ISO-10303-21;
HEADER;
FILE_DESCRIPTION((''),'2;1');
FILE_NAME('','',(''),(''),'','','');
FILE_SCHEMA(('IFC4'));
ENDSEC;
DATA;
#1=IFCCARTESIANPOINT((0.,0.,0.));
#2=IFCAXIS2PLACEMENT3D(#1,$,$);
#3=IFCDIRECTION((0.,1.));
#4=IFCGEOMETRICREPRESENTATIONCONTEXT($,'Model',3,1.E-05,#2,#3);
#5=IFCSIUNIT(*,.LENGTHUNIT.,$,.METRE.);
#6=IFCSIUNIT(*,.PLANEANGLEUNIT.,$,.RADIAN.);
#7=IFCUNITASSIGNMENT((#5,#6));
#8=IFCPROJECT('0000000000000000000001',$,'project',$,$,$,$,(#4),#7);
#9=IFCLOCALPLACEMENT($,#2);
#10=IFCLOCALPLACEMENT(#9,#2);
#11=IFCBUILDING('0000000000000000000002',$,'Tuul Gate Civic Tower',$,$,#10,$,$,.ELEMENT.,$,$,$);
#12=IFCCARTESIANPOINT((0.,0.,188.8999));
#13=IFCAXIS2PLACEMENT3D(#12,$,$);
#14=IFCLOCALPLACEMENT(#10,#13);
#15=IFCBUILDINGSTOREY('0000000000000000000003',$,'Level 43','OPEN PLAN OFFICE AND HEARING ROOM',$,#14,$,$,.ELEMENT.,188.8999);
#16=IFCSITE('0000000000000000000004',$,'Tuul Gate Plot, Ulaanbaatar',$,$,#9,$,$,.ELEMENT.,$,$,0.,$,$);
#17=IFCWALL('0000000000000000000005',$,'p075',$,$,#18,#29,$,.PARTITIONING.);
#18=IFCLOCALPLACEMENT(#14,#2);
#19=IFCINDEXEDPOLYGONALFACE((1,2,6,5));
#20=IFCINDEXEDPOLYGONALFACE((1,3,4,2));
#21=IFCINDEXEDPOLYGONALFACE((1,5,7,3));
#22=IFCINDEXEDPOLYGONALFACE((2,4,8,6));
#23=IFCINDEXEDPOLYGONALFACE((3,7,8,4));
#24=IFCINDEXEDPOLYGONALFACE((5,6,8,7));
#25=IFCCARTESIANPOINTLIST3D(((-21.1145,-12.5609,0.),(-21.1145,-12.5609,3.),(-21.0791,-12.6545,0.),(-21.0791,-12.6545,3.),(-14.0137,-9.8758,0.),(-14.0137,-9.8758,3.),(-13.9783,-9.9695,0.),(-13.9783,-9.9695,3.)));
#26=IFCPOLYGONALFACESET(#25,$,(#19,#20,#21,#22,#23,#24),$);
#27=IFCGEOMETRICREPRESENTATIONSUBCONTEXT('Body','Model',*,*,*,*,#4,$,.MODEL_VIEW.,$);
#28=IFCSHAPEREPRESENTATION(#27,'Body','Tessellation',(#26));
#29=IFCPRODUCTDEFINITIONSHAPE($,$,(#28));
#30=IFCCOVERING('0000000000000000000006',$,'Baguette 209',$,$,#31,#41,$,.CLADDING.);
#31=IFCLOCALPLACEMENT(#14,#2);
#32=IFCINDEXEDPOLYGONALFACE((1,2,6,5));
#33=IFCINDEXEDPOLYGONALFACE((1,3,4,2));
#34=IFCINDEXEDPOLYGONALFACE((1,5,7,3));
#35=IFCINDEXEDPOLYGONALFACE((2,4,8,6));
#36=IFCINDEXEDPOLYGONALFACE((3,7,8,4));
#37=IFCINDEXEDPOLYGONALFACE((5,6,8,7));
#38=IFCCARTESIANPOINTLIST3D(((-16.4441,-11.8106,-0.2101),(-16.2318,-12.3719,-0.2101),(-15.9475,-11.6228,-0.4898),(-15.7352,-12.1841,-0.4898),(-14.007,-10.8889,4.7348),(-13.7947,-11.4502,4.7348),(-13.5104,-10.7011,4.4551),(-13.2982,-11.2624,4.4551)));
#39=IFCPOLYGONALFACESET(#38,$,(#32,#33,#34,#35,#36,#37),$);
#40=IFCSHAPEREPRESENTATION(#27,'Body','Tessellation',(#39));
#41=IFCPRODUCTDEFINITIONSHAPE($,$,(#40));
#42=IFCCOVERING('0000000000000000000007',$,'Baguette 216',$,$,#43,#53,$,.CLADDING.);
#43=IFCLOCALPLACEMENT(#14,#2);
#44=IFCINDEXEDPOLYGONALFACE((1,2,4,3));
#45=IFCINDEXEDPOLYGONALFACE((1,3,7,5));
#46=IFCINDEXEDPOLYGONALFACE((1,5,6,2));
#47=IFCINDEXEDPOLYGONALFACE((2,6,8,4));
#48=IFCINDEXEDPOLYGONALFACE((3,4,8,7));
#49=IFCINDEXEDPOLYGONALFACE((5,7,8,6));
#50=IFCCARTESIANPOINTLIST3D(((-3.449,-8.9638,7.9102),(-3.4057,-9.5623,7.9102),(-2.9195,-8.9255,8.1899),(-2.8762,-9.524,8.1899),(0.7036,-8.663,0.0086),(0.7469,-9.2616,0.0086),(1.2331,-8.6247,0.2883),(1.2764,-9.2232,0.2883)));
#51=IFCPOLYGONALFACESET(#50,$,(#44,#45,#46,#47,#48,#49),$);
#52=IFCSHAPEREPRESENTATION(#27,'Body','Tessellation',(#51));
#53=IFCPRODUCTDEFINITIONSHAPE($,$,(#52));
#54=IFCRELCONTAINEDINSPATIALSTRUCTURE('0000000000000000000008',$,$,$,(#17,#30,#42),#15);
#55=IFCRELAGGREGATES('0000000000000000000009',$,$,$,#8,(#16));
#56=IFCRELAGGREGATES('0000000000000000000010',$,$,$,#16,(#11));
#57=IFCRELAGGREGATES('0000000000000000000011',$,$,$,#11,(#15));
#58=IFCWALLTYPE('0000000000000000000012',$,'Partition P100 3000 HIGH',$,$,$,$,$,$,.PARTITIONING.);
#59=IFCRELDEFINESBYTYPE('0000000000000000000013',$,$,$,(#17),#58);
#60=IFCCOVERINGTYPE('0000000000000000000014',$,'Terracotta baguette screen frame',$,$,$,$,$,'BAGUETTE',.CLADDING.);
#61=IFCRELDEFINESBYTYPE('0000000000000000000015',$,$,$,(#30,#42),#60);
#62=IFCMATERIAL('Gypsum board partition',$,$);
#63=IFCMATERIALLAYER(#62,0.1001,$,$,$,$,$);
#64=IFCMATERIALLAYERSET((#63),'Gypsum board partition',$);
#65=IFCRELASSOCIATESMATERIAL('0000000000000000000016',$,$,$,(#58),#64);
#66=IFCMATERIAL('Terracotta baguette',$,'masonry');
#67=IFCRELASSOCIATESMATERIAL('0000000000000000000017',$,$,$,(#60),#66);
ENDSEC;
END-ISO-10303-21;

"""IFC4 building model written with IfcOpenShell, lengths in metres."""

from ifc_helpers import new_model, si_unit, direction, frame, frame_2d, origin, origin_2d, place, context, subcontext, project, spatial, rectangle, extrude, material, layer, layer_set, material_profile, profile_set, type_object, element, save


model = new_model("IFC4")

# Units and contexts
model_context = context("Model", 3, precision=1e-05, world=origin(), true_north=direction((0.0, 1.0)))
body_context = subcontext(model_context, "Body", "Model", "MODEL_VIEW")
ifc_project = project(units=[si_unit("LENGTHUNIT", "METRE"), si_unit("PLANEANGLEUNIT", "RADIAN")], contexts=[model_context])

# Site, building, storey
site_placement = place(None, origin())
site = spatial("IfcSite", under=ifc_project, at=site_placement, Name="Tuul Gate Plot, Ulaanbaatar", CompositionType="ELEMENT", RefElevation=0.0)
building_placement = place(site_placement, origin())
building = spatial("IfcBuilding", under=site, at=building_placement, Name="Tuul Gate Civic Tower", CompositionType="ELEMENT")
storey_placement = place(building_placement, frame((0.0, 0.0, 188.8999)))
storey = spatial("IfcBuildingStorey", under=building, at=storey_placement, Name="Level 43", Description="OPEN PLAN OFFICE AND HEARING ROOM", CompositionType="ELEMENT", Elevation=188.8999)

# Wall
ifc_material_1 = material(Name="Gypsum board partition")
ifc_layer_1 = layer(ifc_material_1, 0.1001)
ifc_layer_set_1 = layer_set([ifc_layer_1], Name="Gypsum board partition")
wall_type_1 = type_object("IfcWallType", Name="Partition P100 3000 HIGH", PredefinedType="PARTITIONING", material=ifc_layer_set_1)
wall_1_placement = place(storey_placement, frame((-13.9958, -9.9226, 0.0), z_axis=(0.0, 0.0, 1.0), x_axis=(-0.935362, -0.353691, 0.0)))
element("IfcWall", 1, at=wall_1_placement, inside=storey, type_object=wall_type_1, Name="p075", PredefinedType="PARTITIONING", context=body_context, shape_type="SweptSolid", body=[
    extrude(rectangle(XDim=7.5916, YDim=0.1001, at=frame_2d((3.7959, 0.0))), origin(), (0.0, 0.0, 1.0), 3.0),
])

# Coverings
ifc_material_2 = material(Name="Terracotta baguette", Category="masonry")
ifc_material_profile_1 = material_profile(ifc_material_2, rectangle(XDim=0.6001, YDim=0.6001, at=origin_2d()), Name="Terracotta baguette screen frame")
ifc_profile_set_1 = profile_set([ifc_material_profile_1], Name="Terracotta baguette")
covering_type = type_object("IfcCoveringType", Name="Terracotta baguette screen frame", ElementType="BAGUETTE", PredefinedType="CLADDING", material=ifc_profile_set_1)
covering_1_placement = place(storey_placement, frame((-13.6526, -11.0757, 4.595), z_axis=(-0.436018, -0.164893, -0.884703), x_axis=(0.35373, -0.935347, 0.0)))
element("IfcCovering", 2, at=covering_1_placement, inside=storey, type_object=covering_type, Name="Baguette 209", PredefinedType="CLADDING", context=body_context, shape_type="SweptSolid", body=[
    extrude(rectangle(XDim=0.6001, YDim=0.6001, at=origin_2d()), origin(), (0.0, 0.0, 1.0), 5.5894),
])
covering_2_placement = place(storey_placement, frame((-3.1626, -9.2439, 8.05), z_axis=(0.464943, 0.033677, -0.8847), x_axis=(-0.072243, 0.997387, 0.0)))
element("IfcCovering", 3, at=covering_2_placement, inside=storey, type_object=covering_type, Name="Baguette 216", PredefinedType="CLADDING", context=body_context, shape_type="SweptSolid", body=[
    extrude(rectangle(XDim=0.6001, YDim=0.6001, at=origin_2d()), origin(), (0.0, 0.0, 1.0), 8.9314),
])

save(model, "model.ifc")
